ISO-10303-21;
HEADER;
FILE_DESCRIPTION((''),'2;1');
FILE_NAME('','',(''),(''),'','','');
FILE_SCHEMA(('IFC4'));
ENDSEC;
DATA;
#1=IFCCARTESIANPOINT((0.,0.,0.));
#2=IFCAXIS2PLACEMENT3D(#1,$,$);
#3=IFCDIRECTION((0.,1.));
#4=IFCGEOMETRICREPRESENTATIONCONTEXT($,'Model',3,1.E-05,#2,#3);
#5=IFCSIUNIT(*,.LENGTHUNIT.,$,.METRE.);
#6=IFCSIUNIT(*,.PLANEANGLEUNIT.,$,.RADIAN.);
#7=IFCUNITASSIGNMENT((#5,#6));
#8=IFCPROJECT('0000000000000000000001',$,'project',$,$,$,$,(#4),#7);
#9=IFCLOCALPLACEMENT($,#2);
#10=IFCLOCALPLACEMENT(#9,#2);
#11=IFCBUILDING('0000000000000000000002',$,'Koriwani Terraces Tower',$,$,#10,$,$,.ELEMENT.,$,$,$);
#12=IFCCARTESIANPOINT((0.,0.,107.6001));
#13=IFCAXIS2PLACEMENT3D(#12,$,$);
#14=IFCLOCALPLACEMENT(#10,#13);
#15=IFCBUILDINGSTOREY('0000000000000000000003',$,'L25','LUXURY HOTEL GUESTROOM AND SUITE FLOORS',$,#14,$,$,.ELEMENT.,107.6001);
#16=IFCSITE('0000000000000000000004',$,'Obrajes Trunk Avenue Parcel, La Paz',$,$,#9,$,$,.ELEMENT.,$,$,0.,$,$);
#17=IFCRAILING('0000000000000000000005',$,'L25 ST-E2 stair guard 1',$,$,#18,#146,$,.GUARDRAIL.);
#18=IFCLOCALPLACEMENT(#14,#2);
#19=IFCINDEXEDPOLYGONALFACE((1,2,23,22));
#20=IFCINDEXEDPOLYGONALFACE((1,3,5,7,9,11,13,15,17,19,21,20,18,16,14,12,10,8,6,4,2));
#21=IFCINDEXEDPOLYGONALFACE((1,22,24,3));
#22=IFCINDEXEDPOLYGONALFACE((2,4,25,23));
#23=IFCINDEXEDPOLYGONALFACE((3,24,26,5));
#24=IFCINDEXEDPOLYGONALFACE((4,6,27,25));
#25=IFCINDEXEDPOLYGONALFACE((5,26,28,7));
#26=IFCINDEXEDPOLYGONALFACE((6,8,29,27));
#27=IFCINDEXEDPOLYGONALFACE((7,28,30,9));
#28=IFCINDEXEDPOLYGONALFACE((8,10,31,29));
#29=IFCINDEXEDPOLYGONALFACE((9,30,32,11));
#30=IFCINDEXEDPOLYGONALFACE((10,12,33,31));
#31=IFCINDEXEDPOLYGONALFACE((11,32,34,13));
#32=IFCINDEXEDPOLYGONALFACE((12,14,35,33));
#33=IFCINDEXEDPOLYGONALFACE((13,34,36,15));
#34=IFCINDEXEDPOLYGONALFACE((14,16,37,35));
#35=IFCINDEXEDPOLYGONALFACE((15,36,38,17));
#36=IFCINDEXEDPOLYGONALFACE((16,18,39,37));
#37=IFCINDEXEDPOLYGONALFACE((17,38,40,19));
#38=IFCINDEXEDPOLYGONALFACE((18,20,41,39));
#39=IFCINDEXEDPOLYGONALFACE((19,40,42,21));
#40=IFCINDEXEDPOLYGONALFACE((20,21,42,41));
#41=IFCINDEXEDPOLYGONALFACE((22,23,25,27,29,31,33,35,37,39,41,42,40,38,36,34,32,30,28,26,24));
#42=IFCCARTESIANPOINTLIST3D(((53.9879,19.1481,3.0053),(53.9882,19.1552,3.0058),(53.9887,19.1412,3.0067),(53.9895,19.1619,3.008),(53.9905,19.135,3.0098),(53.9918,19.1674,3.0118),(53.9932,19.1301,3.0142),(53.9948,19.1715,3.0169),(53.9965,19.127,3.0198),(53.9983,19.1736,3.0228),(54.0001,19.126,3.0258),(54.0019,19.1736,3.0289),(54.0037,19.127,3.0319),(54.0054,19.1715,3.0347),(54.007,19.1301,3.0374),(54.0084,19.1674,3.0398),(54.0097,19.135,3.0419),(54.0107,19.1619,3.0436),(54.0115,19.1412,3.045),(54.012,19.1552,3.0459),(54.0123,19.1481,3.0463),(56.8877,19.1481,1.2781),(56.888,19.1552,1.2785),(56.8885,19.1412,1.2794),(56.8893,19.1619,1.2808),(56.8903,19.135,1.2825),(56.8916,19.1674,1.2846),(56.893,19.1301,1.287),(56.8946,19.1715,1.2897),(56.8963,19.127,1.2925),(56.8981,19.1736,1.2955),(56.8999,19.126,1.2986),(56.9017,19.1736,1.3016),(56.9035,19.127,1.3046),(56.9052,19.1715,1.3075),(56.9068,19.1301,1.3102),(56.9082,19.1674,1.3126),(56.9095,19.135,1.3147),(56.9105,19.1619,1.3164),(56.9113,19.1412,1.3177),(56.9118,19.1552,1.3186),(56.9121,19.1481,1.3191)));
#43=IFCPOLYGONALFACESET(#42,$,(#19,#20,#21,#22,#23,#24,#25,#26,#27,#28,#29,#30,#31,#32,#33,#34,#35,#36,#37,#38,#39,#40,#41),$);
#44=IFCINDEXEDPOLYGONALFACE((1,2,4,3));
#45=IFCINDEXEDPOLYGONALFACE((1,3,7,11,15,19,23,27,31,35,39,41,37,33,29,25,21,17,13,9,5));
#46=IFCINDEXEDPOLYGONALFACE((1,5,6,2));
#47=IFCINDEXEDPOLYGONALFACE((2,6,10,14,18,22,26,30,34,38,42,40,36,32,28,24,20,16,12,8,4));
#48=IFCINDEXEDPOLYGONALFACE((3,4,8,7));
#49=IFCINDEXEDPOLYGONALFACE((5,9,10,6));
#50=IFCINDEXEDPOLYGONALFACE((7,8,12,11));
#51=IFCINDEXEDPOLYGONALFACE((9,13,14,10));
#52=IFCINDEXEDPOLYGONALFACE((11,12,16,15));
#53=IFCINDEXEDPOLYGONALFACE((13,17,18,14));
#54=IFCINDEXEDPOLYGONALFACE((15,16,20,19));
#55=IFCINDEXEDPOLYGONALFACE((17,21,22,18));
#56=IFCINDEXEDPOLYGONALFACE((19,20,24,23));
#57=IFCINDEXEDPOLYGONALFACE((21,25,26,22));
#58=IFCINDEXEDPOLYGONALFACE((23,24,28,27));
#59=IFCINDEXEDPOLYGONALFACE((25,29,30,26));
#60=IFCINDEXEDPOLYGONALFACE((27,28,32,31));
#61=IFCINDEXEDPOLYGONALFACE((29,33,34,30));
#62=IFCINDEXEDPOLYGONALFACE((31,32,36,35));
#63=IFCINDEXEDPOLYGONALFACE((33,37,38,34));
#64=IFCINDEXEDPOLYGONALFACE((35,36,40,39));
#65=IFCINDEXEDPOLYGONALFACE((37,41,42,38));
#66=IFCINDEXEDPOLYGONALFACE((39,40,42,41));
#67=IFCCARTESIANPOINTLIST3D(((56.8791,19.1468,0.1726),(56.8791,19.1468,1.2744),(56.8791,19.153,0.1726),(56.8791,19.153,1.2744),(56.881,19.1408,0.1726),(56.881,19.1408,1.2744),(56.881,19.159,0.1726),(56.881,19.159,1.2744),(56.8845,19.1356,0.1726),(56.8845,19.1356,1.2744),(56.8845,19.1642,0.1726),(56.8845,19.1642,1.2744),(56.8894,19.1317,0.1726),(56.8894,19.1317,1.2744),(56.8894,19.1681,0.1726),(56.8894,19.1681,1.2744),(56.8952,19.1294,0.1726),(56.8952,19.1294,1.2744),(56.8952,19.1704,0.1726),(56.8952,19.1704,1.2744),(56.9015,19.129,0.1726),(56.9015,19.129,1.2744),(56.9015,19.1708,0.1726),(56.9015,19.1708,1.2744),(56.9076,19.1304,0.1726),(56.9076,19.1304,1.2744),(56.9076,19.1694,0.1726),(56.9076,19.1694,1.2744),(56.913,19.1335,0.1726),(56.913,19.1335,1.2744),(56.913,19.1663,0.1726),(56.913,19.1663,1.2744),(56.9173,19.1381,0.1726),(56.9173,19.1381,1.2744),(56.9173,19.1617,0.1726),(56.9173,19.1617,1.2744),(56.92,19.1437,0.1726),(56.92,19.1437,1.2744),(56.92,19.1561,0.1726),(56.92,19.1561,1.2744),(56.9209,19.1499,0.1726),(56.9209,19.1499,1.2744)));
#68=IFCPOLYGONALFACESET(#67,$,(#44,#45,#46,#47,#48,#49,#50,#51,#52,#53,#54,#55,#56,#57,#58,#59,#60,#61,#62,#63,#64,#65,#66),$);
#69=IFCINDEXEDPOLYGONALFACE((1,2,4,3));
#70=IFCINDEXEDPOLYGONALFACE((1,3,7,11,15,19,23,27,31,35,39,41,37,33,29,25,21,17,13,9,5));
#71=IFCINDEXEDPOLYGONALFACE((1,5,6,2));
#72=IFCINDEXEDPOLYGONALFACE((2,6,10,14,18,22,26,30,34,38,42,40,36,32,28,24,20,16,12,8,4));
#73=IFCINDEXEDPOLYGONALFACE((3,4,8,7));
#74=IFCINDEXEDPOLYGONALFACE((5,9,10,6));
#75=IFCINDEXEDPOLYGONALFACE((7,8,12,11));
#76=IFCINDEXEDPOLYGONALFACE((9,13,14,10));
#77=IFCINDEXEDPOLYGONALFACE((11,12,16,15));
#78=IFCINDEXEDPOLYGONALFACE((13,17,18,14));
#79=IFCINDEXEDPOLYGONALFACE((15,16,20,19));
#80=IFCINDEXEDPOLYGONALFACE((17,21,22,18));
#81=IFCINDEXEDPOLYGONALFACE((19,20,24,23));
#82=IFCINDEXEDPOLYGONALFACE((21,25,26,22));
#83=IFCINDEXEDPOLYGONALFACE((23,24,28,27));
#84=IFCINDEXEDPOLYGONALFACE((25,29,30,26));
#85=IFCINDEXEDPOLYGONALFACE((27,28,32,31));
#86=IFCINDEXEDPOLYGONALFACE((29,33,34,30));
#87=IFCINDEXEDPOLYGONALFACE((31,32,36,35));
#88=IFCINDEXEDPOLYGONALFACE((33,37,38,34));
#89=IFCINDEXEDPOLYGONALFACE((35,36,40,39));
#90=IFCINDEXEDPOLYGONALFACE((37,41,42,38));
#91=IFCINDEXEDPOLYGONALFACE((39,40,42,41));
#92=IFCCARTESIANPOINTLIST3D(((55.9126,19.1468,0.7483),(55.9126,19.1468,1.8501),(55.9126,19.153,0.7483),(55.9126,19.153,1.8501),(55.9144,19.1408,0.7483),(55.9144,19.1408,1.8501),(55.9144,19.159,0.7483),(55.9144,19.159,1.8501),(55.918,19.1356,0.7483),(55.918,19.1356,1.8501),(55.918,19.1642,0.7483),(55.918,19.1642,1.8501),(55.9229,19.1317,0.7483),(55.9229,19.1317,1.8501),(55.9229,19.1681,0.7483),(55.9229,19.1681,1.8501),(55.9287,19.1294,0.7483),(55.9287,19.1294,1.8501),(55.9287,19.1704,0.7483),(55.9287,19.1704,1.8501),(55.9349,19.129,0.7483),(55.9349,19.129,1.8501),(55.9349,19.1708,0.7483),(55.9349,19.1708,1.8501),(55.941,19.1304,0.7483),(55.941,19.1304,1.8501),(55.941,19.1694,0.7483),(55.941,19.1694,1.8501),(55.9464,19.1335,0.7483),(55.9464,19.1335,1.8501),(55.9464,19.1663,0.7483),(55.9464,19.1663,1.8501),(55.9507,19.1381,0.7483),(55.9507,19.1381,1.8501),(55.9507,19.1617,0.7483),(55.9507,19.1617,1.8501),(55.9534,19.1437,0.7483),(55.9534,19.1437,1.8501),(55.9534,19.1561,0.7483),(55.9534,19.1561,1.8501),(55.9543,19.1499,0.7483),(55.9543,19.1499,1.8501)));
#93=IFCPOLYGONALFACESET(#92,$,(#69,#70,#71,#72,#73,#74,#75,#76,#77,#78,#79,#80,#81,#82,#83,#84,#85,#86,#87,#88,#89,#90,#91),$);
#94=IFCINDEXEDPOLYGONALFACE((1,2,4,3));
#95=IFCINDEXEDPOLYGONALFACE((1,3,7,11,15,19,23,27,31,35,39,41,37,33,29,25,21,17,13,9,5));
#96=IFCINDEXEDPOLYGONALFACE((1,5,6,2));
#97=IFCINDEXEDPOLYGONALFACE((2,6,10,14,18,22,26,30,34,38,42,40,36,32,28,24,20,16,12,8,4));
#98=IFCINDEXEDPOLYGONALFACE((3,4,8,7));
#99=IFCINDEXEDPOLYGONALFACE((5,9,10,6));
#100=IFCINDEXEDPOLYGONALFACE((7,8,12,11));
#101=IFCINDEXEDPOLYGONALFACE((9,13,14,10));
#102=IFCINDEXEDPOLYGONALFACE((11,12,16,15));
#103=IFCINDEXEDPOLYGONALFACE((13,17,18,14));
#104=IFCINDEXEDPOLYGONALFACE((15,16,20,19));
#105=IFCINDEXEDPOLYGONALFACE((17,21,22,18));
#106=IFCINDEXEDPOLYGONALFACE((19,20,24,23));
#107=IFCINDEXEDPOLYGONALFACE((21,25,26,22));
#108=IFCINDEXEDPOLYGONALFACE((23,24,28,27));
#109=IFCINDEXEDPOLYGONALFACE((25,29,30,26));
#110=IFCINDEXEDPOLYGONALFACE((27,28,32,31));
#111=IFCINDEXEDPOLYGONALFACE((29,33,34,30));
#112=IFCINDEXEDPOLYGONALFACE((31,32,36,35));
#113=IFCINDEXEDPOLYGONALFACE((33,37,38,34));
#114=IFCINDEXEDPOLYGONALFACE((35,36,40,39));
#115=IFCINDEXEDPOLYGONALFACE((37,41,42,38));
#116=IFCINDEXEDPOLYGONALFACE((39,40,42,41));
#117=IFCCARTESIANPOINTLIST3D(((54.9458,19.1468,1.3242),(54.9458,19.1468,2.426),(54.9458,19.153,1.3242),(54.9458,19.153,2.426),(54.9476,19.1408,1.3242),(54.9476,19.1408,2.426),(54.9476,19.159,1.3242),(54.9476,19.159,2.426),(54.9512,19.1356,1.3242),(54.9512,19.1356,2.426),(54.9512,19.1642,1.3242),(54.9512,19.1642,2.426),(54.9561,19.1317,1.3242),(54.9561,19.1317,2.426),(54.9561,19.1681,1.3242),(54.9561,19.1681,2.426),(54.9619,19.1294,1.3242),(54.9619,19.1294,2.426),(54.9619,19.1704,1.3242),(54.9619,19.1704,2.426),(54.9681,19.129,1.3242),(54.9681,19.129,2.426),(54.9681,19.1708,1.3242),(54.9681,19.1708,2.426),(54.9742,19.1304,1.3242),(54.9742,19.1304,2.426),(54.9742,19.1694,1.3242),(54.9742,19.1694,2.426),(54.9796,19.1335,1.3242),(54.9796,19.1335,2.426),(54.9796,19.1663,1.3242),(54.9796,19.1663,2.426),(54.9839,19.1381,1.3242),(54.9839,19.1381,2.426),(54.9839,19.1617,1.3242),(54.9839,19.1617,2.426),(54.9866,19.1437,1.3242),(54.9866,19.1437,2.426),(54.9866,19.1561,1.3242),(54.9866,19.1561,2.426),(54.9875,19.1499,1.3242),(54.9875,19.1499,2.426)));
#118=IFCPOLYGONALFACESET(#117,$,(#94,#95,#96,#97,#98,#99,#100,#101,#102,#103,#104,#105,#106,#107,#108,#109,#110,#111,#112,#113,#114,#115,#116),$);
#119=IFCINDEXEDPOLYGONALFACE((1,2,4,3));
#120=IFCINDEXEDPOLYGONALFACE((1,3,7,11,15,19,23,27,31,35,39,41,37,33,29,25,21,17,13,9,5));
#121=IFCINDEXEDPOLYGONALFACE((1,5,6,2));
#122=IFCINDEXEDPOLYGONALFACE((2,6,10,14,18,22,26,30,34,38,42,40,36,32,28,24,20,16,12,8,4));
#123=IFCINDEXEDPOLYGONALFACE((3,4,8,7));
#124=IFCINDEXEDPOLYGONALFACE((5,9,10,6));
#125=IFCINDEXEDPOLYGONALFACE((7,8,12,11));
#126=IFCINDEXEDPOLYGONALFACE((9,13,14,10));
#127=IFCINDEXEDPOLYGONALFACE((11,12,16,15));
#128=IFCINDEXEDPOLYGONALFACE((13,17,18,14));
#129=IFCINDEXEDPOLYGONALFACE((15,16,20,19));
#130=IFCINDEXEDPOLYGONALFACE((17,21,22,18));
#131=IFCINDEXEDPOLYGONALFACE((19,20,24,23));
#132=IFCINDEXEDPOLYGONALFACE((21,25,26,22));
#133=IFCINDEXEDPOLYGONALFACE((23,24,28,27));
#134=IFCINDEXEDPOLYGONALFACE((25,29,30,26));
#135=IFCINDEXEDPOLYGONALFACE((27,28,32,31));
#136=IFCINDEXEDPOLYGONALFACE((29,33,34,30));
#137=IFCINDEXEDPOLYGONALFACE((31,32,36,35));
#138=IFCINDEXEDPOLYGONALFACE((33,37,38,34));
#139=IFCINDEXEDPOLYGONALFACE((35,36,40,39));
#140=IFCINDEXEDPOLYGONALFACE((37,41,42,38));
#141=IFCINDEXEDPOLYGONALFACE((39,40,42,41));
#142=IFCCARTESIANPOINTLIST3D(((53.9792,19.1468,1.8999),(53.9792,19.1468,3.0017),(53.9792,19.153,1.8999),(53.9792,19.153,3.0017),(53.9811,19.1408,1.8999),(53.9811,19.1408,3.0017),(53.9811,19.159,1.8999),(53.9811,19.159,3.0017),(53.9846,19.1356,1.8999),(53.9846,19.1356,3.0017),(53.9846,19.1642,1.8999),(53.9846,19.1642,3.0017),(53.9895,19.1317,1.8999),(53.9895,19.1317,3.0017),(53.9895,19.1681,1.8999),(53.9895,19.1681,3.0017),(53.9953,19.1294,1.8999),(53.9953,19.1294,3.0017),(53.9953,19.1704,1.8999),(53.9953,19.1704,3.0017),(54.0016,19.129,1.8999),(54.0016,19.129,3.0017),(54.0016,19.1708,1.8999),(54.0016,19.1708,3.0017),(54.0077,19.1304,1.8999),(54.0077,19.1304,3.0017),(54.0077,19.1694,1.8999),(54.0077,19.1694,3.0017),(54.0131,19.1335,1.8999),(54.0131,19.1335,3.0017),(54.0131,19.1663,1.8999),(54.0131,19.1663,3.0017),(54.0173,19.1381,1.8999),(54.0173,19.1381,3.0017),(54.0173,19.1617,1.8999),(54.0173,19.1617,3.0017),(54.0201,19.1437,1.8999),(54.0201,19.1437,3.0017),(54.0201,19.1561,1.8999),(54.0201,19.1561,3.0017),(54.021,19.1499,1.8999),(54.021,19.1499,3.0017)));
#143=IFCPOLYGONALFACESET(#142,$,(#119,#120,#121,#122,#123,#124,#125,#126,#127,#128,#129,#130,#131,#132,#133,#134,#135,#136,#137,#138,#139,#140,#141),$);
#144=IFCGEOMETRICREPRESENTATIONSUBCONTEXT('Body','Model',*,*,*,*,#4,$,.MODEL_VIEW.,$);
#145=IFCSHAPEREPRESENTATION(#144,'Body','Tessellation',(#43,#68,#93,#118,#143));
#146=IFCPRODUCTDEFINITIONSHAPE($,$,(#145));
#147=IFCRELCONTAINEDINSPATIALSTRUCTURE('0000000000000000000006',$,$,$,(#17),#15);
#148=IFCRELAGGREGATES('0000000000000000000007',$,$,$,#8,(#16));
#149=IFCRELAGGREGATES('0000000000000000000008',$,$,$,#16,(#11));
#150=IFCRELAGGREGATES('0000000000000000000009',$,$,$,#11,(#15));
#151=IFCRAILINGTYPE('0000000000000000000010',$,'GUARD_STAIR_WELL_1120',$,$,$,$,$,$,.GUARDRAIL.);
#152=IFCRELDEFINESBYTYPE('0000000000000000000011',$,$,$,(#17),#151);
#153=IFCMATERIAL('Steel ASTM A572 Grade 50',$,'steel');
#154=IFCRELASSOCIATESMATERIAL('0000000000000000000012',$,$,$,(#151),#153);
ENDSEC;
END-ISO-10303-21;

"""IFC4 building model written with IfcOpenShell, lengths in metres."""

from ifc_helpers import new_model, si_unit, direction, frame, origin, origin_2d, place, context, subcontext, project, spatial, circle, extrude, material, type_object, element, save


model = new_model("IFC4")

# Units and contexts
model_context = context("Model", 3, precision=1e-05, world=origin(), true_north=direction((0.0, 1.0)))
body_context = subcontext(model_context, "Body", "Model", "MODEL_VIEW")
ifc_project = project(units=[si_unit("LENGTHUNIT", "METRE"), si_unit("PLANEANGLEUNIT", "RADIAN")], contexts=[model_context])

# Site, building, storey
site_placement = place(None, origin())
site = spatial("IfcSite", under=ifc_project, at=site_placement, Name="Obrajes Trunk Avenue Parcel, La Paz", CompositionType="ELEMENT", RefElevation=0.0)
building_placement = place(site_placement, origin())
building = spatial("IfcBuilding", under=site, at=building_placement, Name="Koriwani Terraces Tower", CompositionType="ELEMENT")
storey_placement = place(building_placement, frame((0.0, 0.0, 107.6001)))
storey = spatial("IfcBuildingStorey", under=building, at=storey_placement, Name="L25", Description="LUXURY HOTEL GUESTROOM AND SUITE FLOORS", CompositionType="ELEMENT", Elevation=107.6001)

# Shared definitions
ifc_material_1 = material(Name="Steel ASTM A572 Grade 50", Category="steel")

# Railing
railing_type_1 = type_object("IfcRailingType", Name="GUARD_STAIR_WELL_1120", PredefinedType="GUARDRAIL", material=ifc_material_1)
railing_1_placement = place(storey_placement, frame((56.8999, 19.1499, 0.1726)))
element("IfcRailing", 1, at=railing_1_placement, inside=storey, type_object=railing_type_1, Name="L25 ST-E2 stair guard 1", PredefinedType="GUARDRAIL", context=body_context, shape_type="SweptSolid", body=[
    extrude(circle(Radius=0.0239, at=origin_2d()), frame((0.0, 0.0, 1.126), z_axis=(-0.859141, 0.0, 0.511738), x_axis=(0.0, -1.0, 0.0)), (0.0, 0.0, 1.0), 3.3752),
    extrude(circle(Radius=0.021, at=origin_2d()), origin(), (0.0, 0.0, 1.0), 1.1018),
    extrude(circle(Radius=0.021, at=origin_2d()), frame((-0.9666, 0.0, 0.5757)), (0.0, 0.0, 1.0), 1.1018),
    extrude(circle(Radius=0.021, at=origin_2d()), frame((-1.9333, 0.0, 1.1516)), (0.0, 0.0, 1.0), 1.1018),
    extrude(circle(Radius=0.021, at=origin_2d()), frame((-2.8999, 0.0, 1.7273)), (0.0, 0.0, 1.0), 1.1018),
])

save(model, "model.ifc")
